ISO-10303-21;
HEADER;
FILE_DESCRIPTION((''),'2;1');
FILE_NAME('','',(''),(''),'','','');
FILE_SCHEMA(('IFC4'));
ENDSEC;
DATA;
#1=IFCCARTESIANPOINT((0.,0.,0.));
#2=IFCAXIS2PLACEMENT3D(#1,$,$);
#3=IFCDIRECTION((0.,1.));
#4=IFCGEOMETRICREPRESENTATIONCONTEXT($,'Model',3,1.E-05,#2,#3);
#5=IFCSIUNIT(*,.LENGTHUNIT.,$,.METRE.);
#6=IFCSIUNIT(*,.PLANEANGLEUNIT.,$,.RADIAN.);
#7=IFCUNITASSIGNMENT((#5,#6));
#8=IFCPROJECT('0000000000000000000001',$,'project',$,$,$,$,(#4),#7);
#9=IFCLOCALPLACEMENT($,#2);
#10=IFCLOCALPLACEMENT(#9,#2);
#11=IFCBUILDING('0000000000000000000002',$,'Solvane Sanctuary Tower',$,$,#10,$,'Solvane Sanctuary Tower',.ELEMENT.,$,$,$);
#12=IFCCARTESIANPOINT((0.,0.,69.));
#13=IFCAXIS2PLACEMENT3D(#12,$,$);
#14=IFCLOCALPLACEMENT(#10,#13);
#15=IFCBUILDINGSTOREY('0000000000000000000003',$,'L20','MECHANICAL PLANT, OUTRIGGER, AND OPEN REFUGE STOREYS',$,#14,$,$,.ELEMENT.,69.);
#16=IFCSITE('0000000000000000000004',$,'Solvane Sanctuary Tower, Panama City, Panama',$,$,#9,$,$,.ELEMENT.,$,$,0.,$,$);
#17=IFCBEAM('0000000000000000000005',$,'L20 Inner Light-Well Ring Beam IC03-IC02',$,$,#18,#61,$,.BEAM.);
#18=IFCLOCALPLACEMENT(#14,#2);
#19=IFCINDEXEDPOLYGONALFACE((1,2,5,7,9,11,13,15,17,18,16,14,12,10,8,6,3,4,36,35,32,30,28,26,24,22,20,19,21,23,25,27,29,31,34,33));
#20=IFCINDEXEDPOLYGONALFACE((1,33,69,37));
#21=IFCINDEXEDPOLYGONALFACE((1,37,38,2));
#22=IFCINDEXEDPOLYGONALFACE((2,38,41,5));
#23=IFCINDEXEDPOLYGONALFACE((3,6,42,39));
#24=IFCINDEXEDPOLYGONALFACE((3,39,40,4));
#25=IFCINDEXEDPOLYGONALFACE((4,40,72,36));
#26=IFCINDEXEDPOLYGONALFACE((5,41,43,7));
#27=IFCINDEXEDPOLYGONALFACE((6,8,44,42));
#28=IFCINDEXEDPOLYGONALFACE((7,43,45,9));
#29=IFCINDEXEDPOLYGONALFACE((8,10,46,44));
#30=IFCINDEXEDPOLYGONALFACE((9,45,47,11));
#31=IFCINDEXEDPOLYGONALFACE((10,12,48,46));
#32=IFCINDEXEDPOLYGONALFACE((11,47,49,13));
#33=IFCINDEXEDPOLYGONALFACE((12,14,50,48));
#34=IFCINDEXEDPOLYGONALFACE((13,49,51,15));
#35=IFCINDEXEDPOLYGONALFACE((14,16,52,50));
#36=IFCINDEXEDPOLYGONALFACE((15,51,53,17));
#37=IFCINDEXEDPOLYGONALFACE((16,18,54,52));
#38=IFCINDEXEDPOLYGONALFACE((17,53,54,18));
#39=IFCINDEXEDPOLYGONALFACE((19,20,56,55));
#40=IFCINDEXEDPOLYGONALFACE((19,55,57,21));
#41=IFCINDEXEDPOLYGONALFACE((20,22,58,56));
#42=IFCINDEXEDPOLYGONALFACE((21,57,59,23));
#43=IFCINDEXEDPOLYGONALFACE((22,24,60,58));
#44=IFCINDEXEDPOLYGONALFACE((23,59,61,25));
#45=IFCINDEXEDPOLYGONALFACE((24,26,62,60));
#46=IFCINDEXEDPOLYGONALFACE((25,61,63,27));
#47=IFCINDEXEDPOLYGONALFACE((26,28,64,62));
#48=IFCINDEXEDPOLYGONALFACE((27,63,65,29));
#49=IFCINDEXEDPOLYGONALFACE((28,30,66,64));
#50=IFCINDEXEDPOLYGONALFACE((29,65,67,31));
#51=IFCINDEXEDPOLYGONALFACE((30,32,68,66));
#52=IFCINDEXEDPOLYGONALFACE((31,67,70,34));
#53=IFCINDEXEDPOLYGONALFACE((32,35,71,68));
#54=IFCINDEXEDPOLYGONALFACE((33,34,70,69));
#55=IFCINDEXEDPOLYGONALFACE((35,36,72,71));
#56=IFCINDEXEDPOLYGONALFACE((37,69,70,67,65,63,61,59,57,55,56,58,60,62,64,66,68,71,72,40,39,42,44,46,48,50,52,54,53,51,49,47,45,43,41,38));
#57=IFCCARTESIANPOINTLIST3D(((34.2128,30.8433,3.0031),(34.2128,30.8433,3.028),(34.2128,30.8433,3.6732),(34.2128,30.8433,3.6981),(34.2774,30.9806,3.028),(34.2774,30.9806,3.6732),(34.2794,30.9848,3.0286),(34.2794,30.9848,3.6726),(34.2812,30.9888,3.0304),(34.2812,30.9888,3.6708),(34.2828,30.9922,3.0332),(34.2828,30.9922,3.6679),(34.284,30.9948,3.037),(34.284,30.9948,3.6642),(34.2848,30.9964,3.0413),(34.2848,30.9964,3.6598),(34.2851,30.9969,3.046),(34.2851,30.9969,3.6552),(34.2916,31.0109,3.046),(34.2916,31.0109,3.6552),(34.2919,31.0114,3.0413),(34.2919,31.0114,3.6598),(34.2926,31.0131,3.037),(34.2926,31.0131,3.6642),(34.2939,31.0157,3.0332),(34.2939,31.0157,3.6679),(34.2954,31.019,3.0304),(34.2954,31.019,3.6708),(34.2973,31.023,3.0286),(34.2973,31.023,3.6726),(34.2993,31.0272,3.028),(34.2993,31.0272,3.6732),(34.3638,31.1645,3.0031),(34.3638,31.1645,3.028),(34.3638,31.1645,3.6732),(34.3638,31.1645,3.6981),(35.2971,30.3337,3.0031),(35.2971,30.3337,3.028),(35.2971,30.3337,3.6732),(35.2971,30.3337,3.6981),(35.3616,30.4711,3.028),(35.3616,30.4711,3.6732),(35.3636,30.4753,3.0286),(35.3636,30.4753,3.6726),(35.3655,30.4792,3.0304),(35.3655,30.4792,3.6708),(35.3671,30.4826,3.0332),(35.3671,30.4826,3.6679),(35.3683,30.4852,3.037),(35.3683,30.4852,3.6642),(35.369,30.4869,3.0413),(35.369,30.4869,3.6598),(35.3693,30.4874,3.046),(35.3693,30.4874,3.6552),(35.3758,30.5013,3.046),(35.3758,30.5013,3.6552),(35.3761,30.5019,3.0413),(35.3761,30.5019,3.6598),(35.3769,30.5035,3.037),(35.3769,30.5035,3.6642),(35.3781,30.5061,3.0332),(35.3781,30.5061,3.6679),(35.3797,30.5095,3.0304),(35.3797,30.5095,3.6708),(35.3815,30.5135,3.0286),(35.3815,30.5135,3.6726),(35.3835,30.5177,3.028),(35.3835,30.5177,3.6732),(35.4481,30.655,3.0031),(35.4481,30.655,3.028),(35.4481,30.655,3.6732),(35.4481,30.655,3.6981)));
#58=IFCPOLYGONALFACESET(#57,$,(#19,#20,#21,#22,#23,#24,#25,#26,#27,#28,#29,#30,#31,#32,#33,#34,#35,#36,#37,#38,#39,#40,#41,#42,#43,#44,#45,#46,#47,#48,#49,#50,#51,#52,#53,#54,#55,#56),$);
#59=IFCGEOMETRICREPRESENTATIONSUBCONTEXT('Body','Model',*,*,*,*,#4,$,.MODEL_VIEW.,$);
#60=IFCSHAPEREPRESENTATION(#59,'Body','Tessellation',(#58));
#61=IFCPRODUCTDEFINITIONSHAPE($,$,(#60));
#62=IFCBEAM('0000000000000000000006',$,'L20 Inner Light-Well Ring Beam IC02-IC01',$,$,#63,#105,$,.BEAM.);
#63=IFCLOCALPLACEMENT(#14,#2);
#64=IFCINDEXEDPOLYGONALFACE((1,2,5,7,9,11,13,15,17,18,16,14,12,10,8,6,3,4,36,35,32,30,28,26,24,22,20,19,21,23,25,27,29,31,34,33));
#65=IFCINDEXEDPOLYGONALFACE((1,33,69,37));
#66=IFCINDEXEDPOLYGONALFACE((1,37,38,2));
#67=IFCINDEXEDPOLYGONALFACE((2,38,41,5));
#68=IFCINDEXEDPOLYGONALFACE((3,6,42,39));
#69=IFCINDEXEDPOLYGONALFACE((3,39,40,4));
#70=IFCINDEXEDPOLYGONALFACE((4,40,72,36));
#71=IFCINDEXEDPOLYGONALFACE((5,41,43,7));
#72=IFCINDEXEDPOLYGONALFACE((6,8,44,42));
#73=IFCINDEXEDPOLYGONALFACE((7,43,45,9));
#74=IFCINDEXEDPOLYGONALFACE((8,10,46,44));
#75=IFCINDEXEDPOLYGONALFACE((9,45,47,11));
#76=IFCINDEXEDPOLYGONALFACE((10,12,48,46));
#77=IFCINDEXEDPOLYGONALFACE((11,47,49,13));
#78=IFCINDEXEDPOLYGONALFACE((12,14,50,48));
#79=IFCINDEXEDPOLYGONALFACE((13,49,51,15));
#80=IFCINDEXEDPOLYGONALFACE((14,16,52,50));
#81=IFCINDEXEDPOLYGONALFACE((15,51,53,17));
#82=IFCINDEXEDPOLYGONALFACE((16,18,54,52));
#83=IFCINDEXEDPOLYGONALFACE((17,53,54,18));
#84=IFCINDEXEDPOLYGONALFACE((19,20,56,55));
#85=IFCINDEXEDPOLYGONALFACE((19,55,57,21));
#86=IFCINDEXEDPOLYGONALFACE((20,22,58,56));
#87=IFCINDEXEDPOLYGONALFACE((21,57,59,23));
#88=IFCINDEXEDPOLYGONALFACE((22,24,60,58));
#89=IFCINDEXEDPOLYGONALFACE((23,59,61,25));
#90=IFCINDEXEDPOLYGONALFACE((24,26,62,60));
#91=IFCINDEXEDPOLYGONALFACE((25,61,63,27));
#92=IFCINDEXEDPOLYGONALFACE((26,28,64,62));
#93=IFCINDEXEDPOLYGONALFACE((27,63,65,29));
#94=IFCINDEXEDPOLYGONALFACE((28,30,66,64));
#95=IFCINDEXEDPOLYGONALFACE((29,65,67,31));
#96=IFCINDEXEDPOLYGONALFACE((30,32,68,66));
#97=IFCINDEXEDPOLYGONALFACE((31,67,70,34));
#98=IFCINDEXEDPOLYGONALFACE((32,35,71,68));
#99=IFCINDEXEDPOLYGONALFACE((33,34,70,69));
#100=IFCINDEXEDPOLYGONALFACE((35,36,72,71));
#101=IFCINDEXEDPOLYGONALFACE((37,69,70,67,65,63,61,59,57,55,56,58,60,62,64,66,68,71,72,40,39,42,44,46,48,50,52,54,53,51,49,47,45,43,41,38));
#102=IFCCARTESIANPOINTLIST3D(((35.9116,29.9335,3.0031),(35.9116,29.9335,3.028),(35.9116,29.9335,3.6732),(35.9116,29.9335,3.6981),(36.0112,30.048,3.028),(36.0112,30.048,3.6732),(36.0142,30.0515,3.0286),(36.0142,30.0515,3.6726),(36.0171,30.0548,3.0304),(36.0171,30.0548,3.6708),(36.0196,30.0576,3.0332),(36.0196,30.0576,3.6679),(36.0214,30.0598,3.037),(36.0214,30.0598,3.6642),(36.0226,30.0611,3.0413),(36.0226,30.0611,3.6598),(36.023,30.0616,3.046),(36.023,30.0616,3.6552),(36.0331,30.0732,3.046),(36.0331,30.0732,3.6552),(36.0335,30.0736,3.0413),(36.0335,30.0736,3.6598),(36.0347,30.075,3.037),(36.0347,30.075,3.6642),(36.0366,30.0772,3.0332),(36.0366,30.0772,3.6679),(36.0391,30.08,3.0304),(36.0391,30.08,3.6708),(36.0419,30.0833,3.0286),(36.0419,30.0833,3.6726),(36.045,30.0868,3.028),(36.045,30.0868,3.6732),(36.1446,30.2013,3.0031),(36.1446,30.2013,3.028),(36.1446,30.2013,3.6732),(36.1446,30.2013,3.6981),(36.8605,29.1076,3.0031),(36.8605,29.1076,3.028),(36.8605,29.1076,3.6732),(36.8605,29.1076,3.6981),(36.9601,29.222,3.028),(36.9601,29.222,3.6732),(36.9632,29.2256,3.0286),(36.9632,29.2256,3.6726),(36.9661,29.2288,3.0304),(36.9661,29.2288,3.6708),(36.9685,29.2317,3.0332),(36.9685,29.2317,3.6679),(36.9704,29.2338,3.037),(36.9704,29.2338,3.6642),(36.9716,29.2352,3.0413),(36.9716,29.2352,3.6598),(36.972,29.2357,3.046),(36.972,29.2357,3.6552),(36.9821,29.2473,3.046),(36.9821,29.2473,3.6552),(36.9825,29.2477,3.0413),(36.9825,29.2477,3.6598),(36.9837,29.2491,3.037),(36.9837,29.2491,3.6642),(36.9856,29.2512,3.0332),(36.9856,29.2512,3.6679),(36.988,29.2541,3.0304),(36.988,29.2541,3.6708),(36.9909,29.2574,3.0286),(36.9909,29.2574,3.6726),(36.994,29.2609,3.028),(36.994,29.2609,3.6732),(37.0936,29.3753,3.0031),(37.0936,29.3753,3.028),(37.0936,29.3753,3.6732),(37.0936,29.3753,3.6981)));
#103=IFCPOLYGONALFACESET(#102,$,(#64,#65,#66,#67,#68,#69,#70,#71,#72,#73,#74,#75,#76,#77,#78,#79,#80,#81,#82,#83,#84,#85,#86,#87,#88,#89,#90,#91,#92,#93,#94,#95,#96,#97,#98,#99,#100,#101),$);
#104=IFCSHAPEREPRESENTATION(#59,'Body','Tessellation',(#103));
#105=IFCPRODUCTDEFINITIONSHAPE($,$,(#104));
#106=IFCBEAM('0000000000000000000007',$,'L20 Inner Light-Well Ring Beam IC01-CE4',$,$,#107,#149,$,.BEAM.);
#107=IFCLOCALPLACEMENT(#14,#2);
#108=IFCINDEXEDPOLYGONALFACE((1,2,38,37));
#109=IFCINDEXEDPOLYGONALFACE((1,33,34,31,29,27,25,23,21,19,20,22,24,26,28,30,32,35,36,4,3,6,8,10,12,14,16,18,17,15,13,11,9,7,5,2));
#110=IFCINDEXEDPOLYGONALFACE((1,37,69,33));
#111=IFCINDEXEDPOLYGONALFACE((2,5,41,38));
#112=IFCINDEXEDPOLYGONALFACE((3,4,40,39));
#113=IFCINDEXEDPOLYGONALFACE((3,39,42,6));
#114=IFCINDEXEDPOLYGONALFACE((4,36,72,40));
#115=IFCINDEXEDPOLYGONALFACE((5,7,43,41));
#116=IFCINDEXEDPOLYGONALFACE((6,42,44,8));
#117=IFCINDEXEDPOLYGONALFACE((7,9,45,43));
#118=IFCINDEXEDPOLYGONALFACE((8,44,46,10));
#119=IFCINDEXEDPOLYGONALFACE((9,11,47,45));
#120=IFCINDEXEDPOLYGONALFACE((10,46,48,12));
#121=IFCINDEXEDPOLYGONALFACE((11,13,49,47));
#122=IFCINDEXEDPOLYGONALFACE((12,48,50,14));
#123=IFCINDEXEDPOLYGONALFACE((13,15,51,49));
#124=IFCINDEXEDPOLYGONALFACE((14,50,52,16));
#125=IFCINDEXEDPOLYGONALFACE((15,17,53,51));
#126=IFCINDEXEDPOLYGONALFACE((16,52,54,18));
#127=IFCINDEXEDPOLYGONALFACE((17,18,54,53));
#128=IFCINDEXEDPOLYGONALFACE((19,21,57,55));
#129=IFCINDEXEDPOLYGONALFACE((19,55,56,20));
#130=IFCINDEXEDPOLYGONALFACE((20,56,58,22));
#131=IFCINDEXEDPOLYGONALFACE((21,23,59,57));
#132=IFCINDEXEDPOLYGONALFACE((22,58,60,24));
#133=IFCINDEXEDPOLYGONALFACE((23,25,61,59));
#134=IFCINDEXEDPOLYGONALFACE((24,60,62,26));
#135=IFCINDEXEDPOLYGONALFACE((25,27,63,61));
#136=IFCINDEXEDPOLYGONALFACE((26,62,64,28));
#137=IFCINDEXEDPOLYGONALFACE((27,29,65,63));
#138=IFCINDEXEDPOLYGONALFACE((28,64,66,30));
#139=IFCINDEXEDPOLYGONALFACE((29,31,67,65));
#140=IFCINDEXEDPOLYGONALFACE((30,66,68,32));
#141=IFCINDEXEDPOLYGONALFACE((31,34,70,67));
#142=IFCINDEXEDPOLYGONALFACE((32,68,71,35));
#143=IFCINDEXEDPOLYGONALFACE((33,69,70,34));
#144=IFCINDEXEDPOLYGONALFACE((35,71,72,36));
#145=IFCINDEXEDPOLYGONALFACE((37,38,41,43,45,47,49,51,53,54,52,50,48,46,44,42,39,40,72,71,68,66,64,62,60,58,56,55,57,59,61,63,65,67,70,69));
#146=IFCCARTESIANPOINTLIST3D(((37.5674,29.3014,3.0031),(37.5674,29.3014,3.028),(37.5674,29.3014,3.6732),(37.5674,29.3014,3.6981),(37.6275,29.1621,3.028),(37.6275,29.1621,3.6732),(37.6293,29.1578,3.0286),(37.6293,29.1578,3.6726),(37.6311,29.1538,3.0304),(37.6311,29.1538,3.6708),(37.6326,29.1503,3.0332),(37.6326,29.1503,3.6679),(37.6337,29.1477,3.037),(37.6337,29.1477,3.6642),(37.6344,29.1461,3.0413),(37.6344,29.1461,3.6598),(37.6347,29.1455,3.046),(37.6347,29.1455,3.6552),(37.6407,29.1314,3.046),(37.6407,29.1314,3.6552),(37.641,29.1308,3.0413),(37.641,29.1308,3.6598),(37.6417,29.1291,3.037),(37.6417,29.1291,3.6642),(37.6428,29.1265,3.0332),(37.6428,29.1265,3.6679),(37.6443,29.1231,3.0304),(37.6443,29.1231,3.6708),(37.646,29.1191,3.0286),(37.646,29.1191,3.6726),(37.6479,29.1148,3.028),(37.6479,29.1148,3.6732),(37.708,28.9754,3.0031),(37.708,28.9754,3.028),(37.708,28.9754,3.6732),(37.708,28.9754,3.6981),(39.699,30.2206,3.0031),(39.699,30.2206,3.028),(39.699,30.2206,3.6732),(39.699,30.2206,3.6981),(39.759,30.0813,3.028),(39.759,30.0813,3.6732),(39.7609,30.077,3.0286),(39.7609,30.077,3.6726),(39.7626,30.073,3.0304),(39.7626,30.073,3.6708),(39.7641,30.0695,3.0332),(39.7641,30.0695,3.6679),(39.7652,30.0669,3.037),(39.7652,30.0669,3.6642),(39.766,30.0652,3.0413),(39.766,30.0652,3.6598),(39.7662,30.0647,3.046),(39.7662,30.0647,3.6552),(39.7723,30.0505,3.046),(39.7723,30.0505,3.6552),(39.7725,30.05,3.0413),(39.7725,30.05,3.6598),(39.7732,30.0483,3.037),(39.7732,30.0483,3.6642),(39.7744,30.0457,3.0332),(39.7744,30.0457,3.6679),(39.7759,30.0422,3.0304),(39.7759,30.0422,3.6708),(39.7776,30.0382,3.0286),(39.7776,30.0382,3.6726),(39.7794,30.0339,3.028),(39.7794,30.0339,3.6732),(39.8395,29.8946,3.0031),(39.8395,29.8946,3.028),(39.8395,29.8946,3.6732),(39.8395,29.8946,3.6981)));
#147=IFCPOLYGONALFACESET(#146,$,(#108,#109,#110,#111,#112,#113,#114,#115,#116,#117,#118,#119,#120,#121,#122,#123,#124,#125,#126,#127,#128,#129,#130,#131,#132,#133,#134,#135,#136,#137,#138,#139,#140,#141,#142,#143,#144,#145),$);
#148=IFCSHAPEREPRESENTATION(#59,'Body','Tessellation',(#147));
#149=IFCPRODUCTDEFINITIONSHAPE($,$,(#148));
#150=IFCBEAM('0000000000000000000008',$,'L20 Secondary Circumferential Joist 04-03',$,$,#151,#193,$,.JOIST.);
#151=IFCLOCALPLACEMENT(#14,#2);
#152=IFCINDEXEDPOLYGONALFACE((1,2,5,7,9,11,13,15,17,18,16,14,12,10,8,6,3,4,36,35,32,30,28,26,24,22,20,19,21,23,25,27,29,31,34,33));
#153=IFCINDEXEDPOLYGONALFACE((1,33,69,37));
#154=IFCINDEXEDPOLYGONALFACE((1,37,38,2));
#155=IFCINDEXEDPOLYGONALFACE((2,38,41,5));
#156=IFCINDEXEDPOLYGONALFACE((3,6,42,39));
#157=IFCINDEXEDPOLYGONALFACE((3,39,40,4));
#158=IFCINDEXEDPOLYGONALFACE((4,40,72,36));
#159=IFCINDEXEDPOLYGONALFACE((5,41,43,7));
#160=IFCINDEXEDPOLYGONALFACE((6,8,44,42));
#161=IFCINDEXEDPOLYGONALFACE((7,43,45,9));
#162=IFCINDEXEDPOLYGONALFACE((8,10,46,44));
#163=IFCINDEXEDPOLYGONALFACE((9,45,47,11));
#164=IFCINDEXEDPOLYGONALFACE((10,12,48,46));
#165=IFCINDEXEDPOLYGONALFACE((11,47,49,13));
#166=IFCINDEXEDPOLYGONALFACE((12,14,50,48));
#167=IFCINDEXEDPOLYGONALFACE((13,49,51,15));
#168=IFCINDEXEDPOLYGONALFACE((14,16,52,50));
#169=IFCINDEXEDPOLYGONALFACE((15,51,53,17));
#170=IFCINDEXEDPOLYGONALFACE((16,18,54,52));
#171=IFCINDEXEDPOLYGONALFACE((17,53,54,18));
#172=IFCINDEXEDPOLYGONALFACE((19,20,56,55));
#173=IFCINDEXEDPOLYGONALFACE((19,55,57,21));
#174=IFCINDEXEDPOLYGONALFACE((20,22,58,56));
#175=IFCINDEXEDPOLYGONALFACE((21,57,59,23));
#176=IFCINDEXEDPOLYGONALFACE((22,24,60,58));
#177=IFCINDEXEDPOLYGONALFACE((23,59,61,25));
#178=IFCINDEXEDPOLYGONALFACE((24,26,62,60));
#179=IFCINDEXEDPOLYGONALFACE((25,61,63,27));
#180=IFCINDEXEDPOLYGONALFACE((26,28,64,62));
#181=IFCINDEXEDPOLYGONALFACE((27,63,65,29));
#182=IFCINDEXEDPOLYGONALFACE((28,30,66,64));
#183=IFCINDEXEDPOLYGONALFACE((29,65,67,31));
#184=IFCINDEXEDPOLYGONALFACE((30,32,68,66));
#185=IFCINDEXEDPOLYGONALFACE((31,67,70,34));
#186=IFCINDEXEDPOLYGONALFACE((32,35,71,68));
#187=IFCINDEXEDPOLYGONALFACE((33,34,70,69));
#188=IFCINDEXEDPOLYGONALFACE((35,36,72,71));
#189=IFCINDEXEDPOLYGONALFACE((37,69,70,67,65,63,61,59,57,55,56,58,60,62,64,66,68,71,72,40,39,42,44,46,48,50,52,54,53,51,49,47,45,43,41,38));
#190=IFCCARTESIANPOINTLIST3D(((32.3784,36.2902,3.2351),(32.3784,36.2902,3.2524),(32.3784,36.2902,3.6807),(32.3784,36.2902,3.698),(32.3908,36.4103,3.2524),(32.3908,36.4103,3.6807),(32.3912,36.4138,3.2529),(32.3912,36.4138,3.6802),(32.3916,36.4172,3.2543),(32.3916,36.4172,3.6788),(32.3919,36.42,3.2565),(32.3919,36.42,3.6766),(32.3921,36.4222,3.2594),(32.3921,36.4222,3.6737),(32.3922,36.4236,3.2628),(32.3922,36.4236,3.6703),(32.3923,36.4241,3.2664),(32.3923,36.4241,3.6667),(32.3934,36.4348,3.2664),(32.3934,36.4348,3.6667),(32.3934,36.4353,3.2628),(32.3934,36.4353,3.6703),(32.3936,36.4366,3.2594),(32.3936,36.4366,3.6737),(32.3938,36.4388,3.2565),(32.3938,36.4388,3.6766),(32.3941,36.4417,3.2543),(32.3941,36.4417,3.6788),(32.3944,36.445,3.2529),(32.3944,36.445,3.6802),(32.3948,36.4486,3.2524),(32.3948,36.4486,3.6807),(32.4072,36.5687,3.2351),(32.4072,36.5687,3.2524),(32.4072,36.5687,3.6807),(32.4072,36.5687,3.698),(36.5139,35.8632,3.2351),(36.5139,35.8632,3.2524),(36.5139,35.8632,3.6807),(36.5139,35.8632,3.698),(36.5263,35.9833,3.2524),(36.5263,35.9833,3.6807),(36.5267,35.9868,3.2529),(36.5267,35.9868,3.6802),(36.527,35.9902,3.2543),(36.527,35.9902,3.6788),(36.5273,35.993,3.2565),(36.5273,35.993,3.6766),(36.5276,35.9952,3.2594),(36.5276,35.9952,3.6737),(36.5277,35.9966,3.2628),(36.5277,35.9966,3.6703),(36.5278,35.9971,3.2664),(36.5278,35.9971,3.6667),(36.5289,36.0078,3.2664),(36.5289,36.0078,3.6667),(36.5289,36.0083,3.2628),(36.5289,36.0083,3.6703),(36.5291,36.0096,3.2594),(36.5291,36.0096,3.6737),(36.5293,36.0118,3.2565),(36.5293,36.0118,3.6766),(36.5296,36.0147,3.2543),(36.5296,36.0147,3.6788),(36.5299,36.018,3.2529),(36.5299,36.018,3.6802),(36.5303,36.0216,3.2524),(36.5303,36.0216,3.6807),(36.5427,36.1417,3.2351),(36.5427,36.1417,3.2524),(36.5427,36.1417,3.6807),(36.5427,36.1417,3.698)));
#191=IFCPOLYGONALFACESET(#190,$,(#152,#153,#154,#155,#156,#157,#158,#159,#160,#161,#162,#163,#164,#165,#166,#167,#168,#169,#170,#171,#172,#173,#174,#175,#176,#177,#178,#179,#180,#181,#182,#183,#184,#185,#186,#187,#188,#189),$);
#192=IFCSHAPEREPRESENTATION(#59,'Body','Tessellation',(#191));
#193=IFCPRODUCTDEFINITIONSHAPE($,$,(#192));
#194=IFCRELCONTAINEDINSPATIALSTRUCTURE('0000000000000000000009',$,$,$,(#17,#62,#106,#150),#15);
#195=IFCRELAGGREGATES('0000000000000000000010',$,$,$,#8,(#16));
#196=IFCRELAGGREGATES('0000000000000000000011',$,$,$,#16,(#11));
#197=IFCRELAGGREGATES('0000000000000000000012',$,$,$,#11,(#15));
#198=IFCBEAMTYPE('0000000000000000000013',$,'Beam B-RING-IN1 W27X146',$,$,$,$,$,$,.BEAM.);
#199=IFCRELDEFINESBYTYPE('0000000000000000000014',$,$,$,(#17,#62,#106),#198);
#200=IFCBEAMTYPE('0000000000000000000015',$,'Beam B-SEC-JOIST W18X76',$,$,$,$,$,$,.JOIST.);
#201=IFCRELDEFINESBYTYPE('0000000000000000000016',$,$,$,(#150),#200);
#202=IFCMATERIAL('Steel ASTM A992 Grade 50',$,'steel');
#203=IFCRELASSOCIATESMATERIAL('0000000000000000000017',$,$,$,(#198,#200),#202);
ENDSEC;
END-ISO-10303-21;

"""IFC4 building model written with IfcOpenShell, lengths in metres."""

from ifc_helpers import new_model, si_unit, direction, frame, origin, origin_2d, place, context, subcontext, project, spatial, i_section, extrude, material, material_profile, profile_set, type_object, element, save


model = new_model("IFC4")

# Units and contexts
model_context = context("Model", 3, precision=1e-05, world=origin(), true_north=direction((0.0, 1.0)))
body_context = subcontext(model_context, "Body", "Model", "MODEL_VIEW")
ifc_project = project(units=[si_unit("LENGTHUNIT", "METRE"), si_unit("PLANEANGLEUNIT", "RADIAN")], contexts=[model_context])

# Site, building, storey
site_placement = place(None, origin())
site = spatial("IfcSite", under=ifc_project, at=site_placement, Name="Solvane Sanctuary Tower, Panama City, Panama", CompositionType="ELEMENT", RefElevation=0.0)
building_placement = place(site_placement, origin())
building = spatial("IfcBuilding", under=site, at=building_placement, Name="Solvane Sanctuary Tower", LongName="Solvane Sanctuary Tower", CompositionType="ELEMENT")
storey_placement = place(building_placement, frame((0.0, 0.0, 69.0)))
storey = spatial("IfcBuildingStorey", under=building, at=storey_placement, Name="L20", Description="MECHANICAL PLANT, OUTRIGGER, AND OPEN REFUGE STOREYS", CompositionType="ELEMENT", Elevation=69.0)

# Beams
ifc_material_1 = material(Name="Steel ASTM A992 Grade 50", Category="steel")
ifc_material_profile_1 = material_profile(ifc_material_1, i_section(OverallWidth=0.355, OverallDepth=0.6951, WebThickness=0.0154, FlangeThickness=0.0249, FilletRadius=0.0181, at=origin_2d()), Name="W27X146")
ifc_profile_set_1 = profile_set([ifc_material_profile_1], Name="Steel ASTM A992 Grade 50")
beam_type_1 = type_object("IfcBeamType", Name="Beam B-RING-IN1 W27X146", PredefinedType="BEAM", material=ifc_profile_set_1)
beam_1_placement = place(storey_placement, frame((34.2883, 31.0039, 3.3506), z_axis=(0.905045, -0.425316, 0.0), x_axis=(0.425316, 0.905045, 0.0)))
element("IfcBeam", 1, at=beam_1_placement, inside=storey, type_object=beam_type_1, Name="L20 Inner Light-Well Ring Beam IC03-IC02", PredefinedType="BEAM", context=body_context, shape_type="SweptSolid", body=[
    extrude(i_section(OverallWidth=0.355, OverallDepth=0.6951, WebThickness=0.0154, FlangeThickness=0.0249, FilletRadius=0.0181, at=origin_2d()), origin(), (0.0, 0.0, 1.0), 1.198),
])
beam_2_placement = place(storey_placement, frame((36.0281, 30.0674, 3.3506), z_axis=(0.754317, -0.65651, 0.0), x_axis=(0.65651, 0.754317, 0.0)))
element("IfcBeam", 2, at=beam_2_placement, inside=storey, type_object=beam_type_1, Name="L20 Inner Light-Well Ring Beam IC02-IC01", PredefinedType="BEAM", context=body_context, shape_type="SweptSolid", body=[
    extrude(i_section(OverallWidth=0.355, OverallDepth=0.6951, WebThickness=0.0154, FlangeThickness=0.0249, FilletRadius=0.0181, at=origin_2d()), origin(), (0.0, 0.0, 1.0), 1.2581),
])
beam_3_placement = place(storey_placement, frame((37.6377, 29.1384, 3.3506), z_axis=(0.918261, 0.395975, 0.0), x_axis=(-0.395975, 0.918261, 0.0)))
element("IfcBeam", 3, at=beam_3_placement, inside=storey, type_object=beam_type_1, Name="L20 Inner Light-Well Ring Beam IC01-CE4", PredefinedType="BEAM", context=body_context, shape_type="SweptSolid", body=[
    extrude(i_section(OverallWidth=0.355, OverallDepth=0.6951, WebThickness=0.0154, FlangeThickness=0.0249, FilletRadius=0.0181, at=origin_2d()), origin(), (0.0, 0.0, 1.0), 2.3213),
])
ifc_material_profile_2 = material_profile(ifc_material_1, i_section(OverallWidth=0.28, OverallDepth=0.4629, WebThickness=0.0107, FlangeThickness=0.0173, FilletRadius=0.0139, at=origin_2d()), Name="W18X76")
ifc_profile_set_2 = profile_set([ifc_material_profile_2], Name="Steel ASTM A992 Grade 50")
beam_type_2 = type_object("IfcBeamType", Name="Beam B-SEC-JOIST W18X76", PredefinedType="JOIST", material=ifc_profile_set_2)
beam_4_placement = place(storey_placement, frame((32.3928, 36.4294, 3.4666), z_axis=(0.994712, -0.102707, 0.0), x_axis=(0.102707, 0.994712, 0.0)))
element("IfcBeam", 4, at=beam_4_placement, inside=storey, type_object=beam_type_2, Name="L20 Secondary Circumferential Joist 04-03", PredefinedType="JOIST", context=body_context, shape_type="SweptSolid", body=[
    extrude(i_section(OverallWidth=0.28, OverallDepth=0.4629, WebThickness=0.0107, FlangeThickness=0.0173, FilletRadius=0.0139, at=origin_2d()), origin(), (0.0, 0.0, 1.0), 4.1575),
])

save(model, "model.ifc")
